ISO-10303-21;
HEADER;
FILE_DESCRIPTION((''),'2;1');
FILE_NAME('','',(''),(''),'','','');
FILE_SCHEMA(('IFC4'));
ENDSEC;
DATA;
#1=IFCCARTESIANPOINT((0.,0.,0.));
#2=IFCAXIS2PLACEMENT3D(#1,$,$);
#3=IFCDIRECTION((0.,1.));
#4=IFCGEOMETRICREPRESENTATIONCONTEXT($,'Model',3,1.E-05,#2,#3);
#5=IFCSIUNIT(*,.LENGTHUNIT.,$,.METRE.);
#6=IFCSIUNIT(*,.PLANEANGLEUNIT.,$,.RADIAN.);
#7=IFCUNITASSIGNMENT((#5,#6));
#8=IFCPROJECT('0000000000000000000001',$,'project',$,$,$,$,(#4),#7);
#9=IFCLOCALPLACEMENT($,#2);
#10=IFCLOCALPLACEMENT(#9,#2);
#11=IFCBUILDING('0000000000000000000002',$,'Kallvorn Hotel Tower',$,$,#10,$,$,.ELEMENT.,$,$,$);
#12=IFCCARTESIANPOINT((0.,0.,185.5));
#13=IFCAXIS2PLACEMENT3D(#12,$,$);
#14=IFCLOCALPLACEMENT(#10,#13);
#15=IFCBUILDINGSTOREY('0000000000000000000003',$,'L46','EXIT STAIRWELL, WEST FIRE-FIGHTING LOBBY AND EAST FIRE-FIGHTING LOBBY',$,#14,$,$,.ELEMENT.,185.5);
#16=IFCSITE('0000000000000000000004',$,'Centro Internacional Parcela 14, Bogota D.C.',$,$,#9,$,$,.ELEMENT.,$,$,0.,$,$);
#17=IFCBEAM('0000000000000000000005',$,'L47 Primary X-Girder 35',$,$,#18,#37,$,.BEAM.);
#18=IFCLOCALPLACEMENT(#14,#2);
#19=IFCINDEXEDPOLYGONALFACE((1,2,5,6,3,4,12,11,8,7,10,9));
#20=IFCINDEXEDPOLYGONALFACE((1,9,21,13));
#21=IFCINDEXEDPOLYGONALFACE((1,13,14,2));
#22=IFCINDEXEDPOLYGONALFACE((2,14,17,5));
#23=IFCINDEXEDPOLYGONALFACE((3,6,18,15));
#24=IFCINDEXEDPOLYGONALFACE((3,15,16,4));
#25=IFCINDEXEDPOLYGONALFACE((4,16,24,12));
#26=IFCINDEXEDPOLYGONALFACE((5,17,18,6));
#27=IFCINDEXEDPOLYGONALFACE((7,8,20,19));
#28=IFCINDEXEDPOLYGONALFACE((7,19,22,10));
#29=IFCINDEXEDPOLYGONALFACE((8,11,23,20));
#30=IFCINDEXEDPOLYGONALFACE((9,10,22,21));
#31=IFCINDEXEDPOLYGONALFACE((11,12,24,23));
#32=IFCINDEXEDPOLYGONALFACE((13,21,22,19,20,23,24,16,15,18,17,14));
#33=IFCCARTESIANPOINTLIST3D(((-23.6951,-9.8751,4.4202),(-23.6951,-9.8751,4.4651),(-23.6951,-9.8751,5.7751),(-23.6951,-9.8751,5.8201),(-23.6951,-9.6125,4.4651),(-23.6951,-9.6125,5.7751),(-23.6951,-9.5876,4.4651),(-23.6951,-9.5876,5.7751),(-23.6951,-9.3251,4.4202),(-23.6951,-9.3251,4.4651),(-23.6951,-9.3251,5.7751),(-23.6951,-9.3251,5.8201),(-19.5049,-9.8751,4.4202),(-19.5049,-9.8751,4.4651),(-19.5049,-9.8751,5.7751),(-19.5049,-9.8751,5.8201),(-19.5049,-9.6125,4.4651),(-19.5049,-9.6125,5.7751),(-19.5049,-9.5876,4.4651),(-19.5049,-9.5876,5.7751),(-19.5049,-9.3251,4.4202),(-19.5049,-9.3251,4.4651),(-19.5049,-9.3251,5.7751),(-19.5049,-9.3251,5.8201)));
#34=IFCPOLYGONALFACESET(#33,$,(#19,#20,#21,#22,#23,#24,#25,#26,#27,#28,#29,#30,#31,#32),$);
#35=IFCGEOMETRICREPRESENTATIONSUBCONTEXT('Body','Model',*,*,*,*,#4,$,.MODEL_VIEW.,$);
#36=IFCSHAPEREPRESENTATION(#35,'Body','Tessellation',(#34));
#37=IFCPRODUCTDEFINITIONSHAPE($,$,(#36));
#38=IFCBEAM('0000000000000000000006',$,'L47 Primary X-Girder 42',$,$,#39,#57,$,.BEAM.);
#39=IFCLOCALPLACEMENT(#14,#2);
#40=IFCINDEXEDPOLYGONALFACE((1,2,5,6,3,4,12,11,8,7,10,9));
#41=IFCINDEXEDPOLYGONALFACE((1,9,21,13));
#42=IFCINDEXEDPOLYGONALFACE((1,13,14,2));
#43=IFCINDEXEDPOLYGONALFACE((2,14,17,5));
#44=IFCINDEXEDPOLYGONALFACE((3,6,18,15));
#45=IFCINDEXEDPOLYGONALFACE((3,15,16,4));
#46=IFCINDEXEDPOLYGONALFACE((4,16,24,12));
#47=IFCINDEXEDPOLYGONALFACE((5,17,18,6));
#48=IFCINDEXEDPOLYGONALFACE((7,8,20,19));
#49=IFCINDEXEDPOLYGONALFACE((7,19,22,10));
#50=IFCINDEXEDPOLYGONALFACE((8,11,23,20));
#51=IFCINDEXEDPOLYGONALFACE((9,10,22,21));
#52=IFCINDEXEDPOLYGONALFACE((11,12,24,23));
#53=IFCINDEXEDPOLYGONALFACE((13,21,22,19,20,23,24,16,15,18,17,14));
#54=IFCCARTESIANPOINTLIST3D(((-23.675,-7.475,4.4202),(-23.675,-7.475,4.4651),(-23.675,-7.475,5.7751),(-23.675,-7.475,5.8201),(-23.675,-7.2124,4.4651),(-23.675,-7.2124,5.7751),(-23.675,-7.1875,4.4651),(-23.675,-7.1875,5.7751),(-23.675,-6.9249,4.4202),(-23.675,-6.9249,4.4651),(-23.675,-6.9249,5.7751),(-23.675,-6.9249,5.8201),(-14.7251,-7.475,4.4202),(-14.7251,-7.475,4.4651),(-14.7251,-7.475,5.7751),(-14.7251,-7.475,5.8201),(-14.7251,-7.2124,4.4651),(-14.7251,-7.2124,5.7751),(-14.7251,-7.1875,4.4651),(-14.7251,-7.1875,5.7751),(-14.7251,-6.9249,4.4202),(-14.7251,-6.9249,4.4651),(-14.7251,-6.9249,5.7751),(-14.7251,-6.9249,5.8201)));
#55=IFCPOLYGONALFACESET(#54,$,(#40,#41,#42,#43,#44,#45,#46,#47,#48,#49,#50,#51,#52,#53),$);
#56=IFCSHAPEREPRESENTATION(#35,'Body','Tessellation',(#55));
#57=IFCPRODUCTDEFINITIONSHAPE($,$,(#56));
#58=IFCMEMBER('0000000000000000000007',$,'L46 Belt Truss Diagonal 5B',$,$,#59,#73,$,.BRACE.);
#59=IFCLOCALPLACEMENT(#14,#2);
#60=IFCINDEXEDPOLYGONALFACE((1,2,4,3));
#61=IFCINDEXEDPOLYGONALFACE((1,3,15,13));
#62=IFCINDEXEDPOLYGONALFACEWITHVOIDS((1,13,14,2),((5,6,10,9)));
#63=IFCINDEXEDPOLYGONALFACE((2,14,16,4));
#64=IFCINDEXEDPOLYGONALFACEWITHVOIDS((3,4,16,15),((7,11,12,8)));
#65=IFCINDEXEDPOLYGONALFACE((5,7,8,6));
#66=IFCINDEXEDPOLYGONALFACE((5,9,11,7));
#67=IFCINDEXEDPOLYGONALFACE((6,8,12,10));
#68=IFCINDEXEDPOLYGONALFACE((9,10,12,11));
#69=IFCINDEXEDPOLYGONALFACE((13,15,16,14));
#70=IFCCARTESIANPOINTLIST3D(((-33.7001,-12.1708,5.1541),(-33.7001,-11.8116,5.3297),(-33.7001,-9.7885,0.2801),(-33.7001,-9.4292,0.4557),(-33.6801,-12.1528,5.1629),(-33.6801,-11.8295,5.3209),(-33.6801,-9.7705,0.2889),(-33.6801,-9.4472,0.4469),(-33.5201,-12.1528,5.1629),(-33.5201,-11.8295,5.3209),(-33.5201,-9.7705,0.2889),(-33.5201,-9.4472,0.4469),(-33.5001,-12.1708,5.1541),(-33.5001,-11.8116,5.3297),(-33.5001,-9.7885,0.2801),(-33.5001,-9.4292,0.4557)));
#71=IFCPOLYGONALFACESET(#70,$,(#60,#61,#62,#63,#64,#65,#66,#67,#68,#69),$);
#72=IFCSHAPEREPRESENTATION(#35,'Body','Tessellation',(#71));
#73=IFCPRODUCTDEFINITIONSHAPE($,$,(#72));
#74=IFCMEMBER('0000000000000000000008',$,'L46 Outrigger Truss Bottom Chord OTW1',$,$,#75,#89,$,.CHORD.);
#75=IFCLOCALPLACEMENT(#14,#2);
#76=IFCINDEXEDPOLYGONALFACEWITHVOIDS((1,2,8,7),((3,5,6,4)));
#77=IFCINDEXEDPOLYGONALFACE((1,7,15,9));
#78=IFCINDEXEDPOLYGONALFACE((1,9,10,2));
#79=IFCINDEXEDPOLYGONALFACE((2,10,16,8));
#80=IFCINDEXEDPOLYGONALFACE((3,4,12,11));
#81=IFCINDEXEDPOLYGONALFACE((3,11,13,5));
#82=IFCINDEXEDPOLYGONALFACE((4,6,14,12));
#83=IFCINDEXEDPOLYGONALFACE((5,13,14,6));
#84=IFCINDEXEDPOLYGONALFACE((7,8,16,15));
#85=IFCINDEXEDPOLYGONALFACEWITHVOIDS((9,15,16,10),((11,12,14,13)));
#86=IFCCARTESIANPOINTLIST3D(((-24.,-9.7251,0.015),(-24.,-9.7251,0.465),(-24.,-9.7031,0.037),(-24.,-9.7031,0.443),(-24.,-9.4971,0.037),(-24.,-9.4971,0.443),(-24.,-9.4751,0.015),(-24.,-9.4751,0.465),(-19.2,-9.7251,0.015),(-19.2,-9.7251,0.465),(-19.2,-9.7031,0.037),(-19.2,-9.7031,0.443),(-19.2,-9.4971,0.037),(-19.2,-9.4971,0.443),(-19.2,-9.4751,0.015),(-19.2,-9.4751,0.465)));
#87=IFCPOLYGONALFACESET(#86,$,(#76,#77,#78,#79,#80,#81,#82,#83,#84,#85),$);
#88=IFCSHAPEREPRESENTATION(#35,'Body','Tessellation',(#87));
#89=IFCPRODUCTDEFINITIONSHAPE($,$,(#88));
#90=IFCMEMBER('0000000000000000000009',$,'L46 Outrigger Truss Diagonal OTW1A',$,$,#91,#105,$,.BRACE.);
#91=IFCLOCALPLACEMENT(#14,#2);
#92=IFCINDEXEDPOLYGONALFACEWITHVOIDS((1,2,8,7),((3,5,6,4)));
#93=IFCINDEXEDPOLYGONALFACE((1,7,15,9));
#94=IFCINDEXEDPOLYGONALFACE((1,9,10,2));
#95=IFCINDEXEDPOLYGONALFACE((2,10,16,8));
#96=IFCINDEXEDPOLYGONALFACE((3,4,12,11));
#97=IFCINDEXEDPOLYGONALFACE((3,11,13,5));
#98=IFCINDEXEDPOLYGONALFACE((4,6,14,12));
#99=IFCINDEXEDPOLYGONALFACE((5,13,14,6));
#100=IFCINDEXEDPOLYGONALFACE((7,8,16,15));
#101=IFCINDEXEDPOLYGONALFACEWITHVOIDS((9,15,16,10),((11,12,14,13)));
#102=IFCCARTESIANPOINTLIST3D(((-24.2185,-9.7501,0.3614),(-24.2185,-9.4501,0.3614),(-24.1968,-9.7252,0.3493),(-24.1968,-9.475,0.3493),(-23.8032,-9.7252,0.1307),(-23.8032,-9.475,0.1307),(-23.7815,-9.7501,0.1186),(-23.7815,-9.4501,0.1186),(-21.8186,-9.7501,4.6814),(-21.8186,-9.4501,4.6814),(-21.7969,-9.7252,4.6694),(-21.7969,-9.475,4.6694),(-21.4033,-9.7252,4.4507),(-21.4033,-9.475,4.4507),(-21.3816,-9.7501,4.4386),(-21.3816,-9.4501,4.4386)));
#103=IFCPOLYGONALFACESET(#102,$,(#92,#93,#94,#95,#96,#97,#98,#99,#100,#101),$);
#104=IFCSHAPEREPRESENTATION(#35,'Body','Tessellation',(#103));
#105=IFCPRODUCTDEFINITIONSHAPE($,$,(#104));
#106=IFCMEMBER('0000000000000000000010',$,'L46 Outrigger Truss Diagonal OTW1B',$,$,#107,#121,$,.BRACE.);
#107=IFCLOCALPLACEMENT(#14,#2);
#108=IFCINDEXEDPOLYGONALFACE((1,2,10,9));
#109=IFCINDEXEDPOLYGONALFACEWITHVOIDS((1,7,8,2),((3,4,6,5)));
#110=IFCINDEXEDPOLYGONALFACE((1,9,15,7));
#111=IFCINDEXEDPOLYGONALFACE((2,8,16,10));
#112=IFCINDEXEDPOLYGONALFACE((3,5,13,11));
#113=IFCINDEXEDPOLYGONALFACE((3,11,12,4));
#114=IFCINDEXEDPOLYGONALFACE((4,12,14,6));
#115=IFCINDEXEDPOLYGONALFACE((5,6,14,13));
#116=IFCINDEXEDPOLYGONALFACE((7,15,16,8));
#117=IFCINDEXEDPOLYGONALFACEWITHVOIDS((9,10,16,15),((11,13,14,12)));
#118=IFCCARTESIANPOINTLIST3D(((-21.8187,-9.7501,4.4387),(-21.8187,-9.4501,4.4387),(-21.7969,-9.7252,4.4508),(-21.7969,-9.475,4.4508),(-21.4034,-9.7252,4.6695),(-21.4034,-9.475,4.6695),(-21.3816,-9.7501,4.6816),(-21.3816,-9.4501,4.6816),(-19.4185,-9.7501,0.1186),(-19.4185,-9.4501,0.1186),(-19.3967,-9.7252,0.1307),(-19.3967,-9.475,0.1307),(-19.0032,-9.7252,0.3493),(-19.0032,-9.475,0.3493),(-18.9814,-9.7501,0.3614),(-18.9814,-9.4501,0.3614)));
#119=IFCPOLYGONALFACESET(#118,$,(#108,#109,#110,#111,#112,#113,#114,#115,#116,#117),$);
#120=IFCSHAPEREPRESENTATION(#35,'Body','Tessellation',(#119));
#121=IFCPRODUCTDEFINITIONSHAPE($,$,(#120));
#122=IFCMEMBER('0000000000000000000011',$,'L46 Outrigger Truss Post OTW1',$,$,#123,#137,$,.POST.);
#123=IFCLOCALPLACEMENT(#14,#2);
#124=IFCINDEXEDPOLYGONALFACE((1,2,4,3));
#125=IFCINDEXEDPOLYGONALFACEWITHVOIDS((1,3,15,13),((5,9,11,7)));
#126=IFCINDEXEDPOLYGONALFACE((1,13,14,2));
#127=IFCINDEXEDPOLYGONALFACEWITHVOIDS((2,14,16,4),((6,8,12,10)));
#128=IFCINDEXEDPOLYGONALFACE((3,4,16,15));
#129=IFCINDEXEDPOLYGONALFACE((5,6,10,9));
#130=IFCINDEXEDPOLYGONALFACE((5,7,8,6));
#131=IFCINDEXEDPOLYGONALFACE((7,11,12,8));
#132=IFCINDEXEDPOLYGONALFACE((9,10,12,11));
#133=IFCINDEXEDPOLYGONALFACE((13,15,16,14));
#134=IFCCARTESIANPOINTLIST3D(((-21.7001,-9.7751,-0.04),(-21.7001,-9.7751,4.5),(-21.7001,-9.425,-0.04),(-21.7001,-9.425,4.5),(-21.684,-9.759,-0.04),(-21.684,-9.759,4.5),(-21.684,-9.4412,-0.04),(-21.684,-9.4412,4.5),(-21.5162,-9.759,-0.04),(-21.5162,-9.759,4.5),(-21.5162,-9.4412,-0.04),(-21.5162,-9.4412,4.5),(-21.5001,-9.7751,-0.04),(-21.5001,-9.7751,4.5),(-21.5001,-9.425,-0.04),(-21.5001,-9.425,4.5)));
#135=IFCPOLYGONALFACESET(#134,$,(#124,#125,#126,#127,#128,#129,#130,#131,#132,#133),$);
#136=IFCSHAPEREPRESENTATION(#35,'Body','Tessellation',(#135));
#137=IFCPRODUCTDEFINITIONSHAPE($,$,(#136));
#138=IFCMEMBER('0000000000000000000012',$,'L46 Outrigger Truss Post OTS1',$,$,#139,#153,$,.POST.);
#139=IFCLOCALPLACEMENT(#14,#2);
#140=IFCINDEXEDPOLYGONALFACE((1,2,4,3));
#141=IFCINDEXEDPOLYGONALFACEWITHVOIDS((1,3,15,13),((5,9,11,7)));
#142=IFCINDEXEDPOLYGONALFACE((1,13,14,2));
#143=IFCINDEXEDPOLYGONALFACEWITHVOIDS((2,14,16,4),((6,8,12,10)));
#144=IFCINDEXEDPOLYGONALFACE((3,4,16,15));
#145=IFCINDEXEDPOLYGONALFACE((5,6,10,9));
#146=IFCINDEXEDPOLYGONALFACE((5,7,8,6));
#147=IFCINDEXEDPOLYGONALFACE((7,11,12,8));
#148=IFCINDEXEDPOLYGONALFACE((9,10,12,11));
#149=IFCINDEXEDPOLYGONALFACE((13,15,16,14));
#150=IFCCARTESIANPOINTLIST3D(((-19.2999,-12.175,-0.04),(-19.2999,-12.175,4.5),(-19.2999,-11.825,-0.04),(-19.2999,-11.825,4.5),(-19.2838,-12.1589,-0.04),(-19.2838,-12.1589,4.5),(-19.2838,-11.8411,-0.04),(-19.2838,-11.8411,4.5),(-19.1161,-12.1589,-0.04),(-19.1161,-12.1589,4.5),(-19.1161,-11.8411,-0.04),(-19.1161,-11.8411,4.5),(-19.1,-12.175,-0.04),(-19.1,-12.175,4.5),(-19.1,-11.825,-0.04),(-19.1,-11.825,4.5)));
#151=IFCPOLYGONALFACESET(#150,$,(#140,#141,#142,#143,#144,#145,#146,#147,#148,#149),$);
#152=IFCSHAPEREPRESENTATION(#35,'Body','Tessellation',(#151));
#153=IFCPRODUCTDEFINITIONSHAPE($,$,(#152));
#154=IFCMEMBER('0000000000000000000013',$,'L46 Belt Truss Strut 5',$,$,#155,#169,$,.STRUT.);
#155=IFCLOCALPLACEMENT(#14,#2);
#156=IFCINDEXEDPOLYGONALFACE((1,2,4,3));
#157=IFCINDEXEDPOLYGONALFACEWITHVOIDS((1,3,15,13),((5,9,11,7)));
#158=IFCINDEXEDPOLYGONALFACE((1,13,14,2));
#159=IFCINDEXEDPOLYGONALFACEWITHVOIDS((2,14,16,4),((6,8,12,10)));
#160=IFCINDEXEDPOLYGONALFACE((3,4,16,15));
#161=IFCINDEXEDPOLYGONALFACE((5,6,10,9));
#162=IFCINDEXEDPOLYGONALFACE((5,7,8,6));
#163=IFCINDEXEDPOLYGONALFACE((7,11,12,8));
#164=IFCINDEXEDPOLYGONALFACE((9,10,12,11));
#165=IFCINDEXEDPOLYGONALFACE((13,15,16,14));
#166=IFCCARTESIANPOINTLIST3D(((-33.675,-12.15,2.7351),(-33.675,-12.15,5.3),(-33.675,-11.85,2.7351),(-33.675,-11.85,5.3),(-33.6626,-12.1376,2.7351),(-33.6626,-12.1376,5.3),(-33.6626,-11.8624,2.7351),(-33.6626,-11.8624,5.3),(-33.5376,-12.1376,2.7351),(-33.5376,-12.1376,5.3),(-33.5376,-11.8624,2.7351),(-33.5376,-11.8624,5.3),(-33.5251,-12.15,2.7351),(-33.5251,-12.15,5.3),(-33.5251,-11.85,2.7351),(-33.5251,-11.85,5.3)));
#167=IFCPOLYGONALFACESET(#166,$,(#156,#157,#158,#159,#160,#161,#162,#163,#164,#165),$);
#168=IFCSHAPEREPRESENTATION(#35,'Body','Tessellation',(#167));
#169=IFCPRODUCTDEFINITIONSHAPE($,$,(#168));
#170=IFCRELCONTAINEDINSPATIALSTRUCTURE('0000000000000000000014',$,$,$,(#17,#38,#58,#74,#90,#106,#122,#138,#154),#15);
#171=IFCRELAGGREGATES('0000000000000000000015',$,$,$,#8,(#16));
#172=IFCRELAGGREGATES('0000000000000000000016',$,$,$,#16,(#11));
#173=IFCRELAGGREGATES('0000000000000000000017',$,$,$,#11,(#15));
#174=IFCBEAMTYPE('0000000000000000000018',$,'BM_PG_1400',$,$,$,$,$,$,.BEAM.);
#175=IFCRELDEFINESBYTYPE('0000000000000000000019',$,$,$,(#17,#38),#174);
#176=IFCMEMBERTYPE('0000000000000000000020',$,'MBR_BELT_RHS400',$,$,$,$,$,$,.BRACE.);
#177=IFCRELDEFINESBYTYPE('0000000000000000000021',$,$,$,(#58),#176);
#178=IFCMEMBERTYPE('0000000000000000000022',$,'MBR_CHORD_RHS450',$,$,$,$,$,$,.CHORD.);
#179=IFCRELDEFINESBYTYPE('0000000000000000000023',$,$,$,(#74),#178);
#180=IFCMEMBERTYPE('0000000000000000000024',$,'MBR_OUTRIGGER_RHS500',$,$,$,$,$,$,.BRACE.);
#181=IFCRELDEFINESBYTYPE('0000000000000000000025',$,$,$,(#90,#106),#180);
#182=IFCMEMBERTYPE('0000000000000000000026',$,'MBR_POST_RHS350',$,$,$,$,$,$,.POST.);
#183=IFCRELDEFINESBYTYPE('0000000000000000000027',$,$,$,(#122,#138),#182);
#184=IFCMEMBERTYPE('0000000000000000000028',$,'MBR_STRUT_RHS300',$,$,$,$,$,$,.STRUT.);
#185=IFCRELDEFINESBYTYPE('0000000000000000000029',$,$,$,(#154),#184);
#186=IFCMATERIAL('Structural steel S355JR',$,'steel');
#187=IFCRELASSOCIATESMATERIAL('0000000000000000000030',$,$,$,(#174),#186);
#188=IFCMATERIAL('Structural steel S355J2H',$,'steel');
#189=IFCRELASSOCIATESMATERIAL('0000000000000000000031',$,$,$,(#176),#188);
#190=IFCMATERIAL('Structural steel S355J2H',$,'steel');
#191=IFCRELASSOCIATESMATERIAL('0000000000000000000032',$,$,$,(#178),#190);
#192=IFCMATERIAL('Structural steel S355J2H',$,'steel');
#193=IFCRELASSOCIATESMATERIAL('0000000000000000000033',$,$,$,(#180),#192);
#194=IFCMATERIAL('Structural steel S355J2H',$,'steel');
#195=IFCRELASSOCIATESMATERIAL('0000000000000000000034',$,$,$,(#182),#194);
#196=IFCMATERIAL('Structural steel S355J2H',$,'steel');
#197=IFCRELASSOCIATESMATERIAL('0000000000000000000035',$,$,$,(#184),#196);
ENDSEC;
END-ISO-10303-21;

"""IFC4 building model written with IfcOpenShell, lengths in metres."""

from ifc_helpers import new_model, si_unit, direction, frame, origin, origin_2d, place, context, subcontext, project, spatial, hollow_rectangle, i_section, extrude, material, material_profile, profile_set, type_object, element, save


model = new_model("IFC4")

# Units and contexts
model_context = context("Model", 3, precision=1e-05, world=origin(), true_north=direction((0.0, 1.0)))
body_context = subcontext(model_context, "Body", "Model", "MODEL_VIEW")
ifc_project = project(units=[si_unit("LENGTHUNIT", "METRE"), si_unit("PLANEANGLEUNIT", "RADIAN")], contexts=[model_context])

# Site, building, storey
site_placement = place(None, origin())
site = spatial("IfcSite", under=ifc_project, at=site_placement, Name="Centro Internacional Parcela 14, Bogota D.C.", CompositionType="ELEMENT", RefElevation=0.0)
building_placement = place(site_placement, origin())
building = spatial("IfcBuilding", under=site, at=building_placement, Name="Kallvorn Hotel Tower", CompositionType="ELEMENT")
storey_placement = place(building_placement, frame((0.0, 0.0, 185.5)))
storey = spatial("IfcBuildingStorey", under=building, at=storey_placement, Name="L46", Description="EXIT STAIRWELL, WEST FIRE-FIGHTING LOBBY AND EAST FIRE-FIGHTING LOBBY", CompositionType="ELEMENT", Elevation=185.5)

# Beams
ifc_material_1 = material(Name="Structural steel S355JR", Category="steel")
ifc_material_profile_1 = material_profile(ifc_material_1, i_section(OverallWidth=0.55, OverallDepth=1.3999, WebThickness=0.0249, FlangeThickness=0.0449, at=origin_2d()), Name="PG 1400x550x25x45")
ifc_profile_set_1 = profile_set([ifc_material_profile_1], Name="Structural steel S355JR")
beam_type_1 = type_object("IfcBeamType", Name="BM_PG_1400", PredefinedType="BEAM", material=ifc_profile_set_1)
for number, where, z_axis, x_axis, name in (
    (1, (-23.6951, -9.6001, 5.1201), (1.0, 0.0, 0.0), (0.0, 1.0, 0.0), "L47 Primary X-Girder 35"),
):
    element("IfcBeam", number, at=place(storey_placement, frame(where, z_axis=z_axis, x_axis=x_axis)), inside=storey, type_object=beam_type_1, Name=name, PredefinedType="BEAM", context=body_context, shape_type="SweptSolid", body=[
        extrude(i_section(OverallWidth=0.55, OverallDepth=1.3999, WebThickness=0.0249, FlangeThickness=0.0449, at=origin_2d()), origin(), (0.0, 0.0, 1.0), 4.1902),
    ])
beam_1_placement = place(storey_placement, frame((-23.675, -7.2, 5.1201), z_axis=(1.0, 0.0, 0.0), x_axis=(0.0, 1.0, 0.0)))
element("IfcBeam", 2, at=beam_1_placement, inside=storey, type_object=beam_type_1, Name="L47 Primary X-Girder 42", PredefinedType="BEAM", context=body_context, shape_type="SweptSolid", body=[
    extrude(i_section(OverallWidth=0.55, OverallDepth=1.3999, WebThickness=0.0249, FlangeThickness=0.0449, at=origin_2d()), origin(), (0.0, 0.0, 1.0), 8.95),
])

# Members
ifc_material_2 = material(Name="Structural steel S355J2H", Category="steel")
ifc_material_profile_2 = material_profile(ifc_material_2, hollow_rectangle(XDim=0.2, YDim=0.3999, WallThickness=0.02, at=origin_2d()), Name="RHS 400x200x20")
ifc_profile_set_2 = profile_set([ifc_material_profile_2], Name="Structural steel S355J2H")
member_type_1 = type_object("IfcMemberType", Name="MBR_BELT_RHS400", PredefinedType="BRACE", material=ifc_profile_set_2)
member_1_placement = place(storey_placement, frame((-33.6001, -9.6089, 0.3679), z_axis=(0.0, -0.439131, 0.898423), x_axis=(1.0, 0.0, 0.0)))
element("IfcMember", 3, at=member_1_placement, inside=storey, type_object=member_type_1, Name="L46 Belt Truss Diagonal 5B", PredefinedType="BRACE", context=body_context, shape_type="SweptSolid", body=[
    extrude(hollow_rectangle(XDim=0.2, YDim=0.3999, WallThickness=0.02, at=origin_2d()), origin(), (0.0, 0.0, 1.0), 5.425),
])
ifc_material_3 = material(Name="Structural steel S355J2H", Category="steel")
ifc_material_profile_3 = material_profile(ifc_material_3, hollow_rectangle(XDim=0.25, YDim=0.45, WallThickness=0.022, at=origin_2d()), Name="RHS 450x250x22")
ifc_profile_set_3 = profile_set([ifc_material_profile_3], Name="Structural steel S355J2H")
member_type_2 = type_object("IfcMemberType", Name="MBR_CHORD_RHS450", PredefinedType="CHORD", material=ifc_profile_set_3)
member_2_placement = place(storey_placement, frame((-24.0, -9.6001, 0.24), z_axis=(1.0, 0.0, 0.0), x_axis=(0.0, 1.0, 0.0)))
element("IfcMember", 4, at=member_2_placement, inside=storey, type_object=member_type_2, Name="L46 Outrigger Truss Bottom Chord OTW1", PredefinedType="CHORD", context=body_context, shape_type="SweptSolid", body=[
    extrude(hollow_rectangle(XDim=0.25, YDim=0.45, WallThickness=0.022, at=origin_2d()), origin(), (0.0, 0.0, 1.0), 4.8),
])
ifc_material_4 = material(Name="Structural steel S355J2H", Category="steel")
ifc_material_profile_4 = material_profile(ifc_material_4, hollow_rectangle(XDim=0.3, YDim=0.5, WallThickness=0.0249, at=origin_2d()), Name="RHS 500x300x25")
ifc_profile_set_4 = profile_set([ifc_material_profile_4], Name="Structural steel S355J2H")
member_type_3 = type_object("IfcMemberType", Name="MBR_OUTRIGGER_RHS500", PredefinedType="BRACE", material=ifc_profile_set_4)
member_3_placement = place(storey_placement, frame((-24.0, -9.6001, 0.24), z_axis=(0.485622, 0.0, 0.874169), x_axis=(0.0, 1.0, 0.0)))
element("IfcMember", 5, at=member_3_placement, inside=storey, type_object=member_type_3, Name="L46 Outrigger Truss Diagonal OTW1A", PredefinedType="BRACE", context=body_context, shape_type="SweptSolid", body=[
    extrude(hollow_rectangle(XDim=0.3, YDim=0.5, WallThickness=0.0249, at=origin_2d()), origin(), (0.0, 0.0, 1.0), 4.9419),
])
member_4_placement = place(storey_placement, frame((-19.2, -9.6001, 0.24), z_axis=(-0.48566, 0.0, 0.874148), x_axis=(0.0, -1.0, 0.0)))
element("IfcMember", 6, at=member_4_placement, inside=storey, type_object=member_type_3, Name="L46 Outrigger Truss Diagonal OTW1B", PredefinedType="BRACE", context=body_context, shape_type="SweptSolid", body=[
    extrude(hollow_rectangle(XDim=0.3, YDim=0.5, WallThickness=0.0249, at=origin_2d()), origin(), (0.0, 0.0, 1.0), 4.9421),
])
ifc_material_5 = material(Name="Structural steel S355J2H", Category="steel")
ifc_material_profile_5 = material_profile(ifc_material_5, hollow_rectangle(XDim=0.2, YDim=0.3501, WallThickness=0.0161, at=origin_2d()), Name="RHS 350x200x16")
ifc_profile_set_5 = profile_set([ifc_material_profile_5], Name="Structural steel S355J2H")
member_type_4 = type_object("IfcMemberType", Name="MBR_POST_RHS350", PredefinedType="POST", material=ifc_profile_set_5)
for number, where, z_axis, x_axis, name in (
    (7, (-21.6001, -9.6001, -0.04), (0.0, 0.0, 1.0), (1.0, 0.0, 0.0), "L46 Outrigger Truss Post OTW1"),
    (8, (-19.2, -12.0, -0.04), (0.0, 0.0, 1.0), (1.0, 0.0, 0.0), "L46 Outrigger Truss Post OTS1"),
):
    element("IfcMember", number, at=place(storey_placement, frame(where, z_axis=z_axis, x_axis=x_axis)), inside=storey, type_object=member_type_4, Name=name, PredefinedType="POST", context=body_context, shape_type="SweptSolid", body=[
        extrude(hollow_rectangle(XDim=0.2, YDim=0.3501, WallThickness=0.0161, at=origin_2d()), origin(), (0.0, 0.0, 1.0), 4.54),
    ])
ifc_material_6 = material(Name="Structural steel S355J2H", Category="steel")
ifc_material_profile_6 = material_profile(ifc_material_6, hollow_rectangle(XDim=0.1499, YDim=0.3, WallThickness=0.0125, at=origin_2d()), Name="RHS 300x150x12.5")
ifc_profile_set_6 = profile_set([ifc_material_profile_6], Name="Structural steel S355J2H")
member_type_5 = type_object("IfcMemberType", Name="MBR_STRUT_RHS300", PredefinedType="STRUT", material=ifc_profile_set_6)
member_5_placement = place(storey_placement, frame((-33.6001, -12.0, 2.7351), z_axis=(0.0, 0.0, 1.0), x_axis=(1.0, 0.0, 0.0)))
element("IfcMember", 9, at=member_5_placement, inside=storey, type_object=member_type_5, Name="L46 Belt Truss Strut 5", PredefinedType="STRUT", context=body_context, shape_type="SweptSolid", body=[
    extrude(hollow_rectangle(XDim=0.1499, YDim=0.3, WallThickness=0.0125, at=origin_2d()), origin(), (0.0, 0.0, 1.0), 2.5649),
])

save(model, "model.ifc")
